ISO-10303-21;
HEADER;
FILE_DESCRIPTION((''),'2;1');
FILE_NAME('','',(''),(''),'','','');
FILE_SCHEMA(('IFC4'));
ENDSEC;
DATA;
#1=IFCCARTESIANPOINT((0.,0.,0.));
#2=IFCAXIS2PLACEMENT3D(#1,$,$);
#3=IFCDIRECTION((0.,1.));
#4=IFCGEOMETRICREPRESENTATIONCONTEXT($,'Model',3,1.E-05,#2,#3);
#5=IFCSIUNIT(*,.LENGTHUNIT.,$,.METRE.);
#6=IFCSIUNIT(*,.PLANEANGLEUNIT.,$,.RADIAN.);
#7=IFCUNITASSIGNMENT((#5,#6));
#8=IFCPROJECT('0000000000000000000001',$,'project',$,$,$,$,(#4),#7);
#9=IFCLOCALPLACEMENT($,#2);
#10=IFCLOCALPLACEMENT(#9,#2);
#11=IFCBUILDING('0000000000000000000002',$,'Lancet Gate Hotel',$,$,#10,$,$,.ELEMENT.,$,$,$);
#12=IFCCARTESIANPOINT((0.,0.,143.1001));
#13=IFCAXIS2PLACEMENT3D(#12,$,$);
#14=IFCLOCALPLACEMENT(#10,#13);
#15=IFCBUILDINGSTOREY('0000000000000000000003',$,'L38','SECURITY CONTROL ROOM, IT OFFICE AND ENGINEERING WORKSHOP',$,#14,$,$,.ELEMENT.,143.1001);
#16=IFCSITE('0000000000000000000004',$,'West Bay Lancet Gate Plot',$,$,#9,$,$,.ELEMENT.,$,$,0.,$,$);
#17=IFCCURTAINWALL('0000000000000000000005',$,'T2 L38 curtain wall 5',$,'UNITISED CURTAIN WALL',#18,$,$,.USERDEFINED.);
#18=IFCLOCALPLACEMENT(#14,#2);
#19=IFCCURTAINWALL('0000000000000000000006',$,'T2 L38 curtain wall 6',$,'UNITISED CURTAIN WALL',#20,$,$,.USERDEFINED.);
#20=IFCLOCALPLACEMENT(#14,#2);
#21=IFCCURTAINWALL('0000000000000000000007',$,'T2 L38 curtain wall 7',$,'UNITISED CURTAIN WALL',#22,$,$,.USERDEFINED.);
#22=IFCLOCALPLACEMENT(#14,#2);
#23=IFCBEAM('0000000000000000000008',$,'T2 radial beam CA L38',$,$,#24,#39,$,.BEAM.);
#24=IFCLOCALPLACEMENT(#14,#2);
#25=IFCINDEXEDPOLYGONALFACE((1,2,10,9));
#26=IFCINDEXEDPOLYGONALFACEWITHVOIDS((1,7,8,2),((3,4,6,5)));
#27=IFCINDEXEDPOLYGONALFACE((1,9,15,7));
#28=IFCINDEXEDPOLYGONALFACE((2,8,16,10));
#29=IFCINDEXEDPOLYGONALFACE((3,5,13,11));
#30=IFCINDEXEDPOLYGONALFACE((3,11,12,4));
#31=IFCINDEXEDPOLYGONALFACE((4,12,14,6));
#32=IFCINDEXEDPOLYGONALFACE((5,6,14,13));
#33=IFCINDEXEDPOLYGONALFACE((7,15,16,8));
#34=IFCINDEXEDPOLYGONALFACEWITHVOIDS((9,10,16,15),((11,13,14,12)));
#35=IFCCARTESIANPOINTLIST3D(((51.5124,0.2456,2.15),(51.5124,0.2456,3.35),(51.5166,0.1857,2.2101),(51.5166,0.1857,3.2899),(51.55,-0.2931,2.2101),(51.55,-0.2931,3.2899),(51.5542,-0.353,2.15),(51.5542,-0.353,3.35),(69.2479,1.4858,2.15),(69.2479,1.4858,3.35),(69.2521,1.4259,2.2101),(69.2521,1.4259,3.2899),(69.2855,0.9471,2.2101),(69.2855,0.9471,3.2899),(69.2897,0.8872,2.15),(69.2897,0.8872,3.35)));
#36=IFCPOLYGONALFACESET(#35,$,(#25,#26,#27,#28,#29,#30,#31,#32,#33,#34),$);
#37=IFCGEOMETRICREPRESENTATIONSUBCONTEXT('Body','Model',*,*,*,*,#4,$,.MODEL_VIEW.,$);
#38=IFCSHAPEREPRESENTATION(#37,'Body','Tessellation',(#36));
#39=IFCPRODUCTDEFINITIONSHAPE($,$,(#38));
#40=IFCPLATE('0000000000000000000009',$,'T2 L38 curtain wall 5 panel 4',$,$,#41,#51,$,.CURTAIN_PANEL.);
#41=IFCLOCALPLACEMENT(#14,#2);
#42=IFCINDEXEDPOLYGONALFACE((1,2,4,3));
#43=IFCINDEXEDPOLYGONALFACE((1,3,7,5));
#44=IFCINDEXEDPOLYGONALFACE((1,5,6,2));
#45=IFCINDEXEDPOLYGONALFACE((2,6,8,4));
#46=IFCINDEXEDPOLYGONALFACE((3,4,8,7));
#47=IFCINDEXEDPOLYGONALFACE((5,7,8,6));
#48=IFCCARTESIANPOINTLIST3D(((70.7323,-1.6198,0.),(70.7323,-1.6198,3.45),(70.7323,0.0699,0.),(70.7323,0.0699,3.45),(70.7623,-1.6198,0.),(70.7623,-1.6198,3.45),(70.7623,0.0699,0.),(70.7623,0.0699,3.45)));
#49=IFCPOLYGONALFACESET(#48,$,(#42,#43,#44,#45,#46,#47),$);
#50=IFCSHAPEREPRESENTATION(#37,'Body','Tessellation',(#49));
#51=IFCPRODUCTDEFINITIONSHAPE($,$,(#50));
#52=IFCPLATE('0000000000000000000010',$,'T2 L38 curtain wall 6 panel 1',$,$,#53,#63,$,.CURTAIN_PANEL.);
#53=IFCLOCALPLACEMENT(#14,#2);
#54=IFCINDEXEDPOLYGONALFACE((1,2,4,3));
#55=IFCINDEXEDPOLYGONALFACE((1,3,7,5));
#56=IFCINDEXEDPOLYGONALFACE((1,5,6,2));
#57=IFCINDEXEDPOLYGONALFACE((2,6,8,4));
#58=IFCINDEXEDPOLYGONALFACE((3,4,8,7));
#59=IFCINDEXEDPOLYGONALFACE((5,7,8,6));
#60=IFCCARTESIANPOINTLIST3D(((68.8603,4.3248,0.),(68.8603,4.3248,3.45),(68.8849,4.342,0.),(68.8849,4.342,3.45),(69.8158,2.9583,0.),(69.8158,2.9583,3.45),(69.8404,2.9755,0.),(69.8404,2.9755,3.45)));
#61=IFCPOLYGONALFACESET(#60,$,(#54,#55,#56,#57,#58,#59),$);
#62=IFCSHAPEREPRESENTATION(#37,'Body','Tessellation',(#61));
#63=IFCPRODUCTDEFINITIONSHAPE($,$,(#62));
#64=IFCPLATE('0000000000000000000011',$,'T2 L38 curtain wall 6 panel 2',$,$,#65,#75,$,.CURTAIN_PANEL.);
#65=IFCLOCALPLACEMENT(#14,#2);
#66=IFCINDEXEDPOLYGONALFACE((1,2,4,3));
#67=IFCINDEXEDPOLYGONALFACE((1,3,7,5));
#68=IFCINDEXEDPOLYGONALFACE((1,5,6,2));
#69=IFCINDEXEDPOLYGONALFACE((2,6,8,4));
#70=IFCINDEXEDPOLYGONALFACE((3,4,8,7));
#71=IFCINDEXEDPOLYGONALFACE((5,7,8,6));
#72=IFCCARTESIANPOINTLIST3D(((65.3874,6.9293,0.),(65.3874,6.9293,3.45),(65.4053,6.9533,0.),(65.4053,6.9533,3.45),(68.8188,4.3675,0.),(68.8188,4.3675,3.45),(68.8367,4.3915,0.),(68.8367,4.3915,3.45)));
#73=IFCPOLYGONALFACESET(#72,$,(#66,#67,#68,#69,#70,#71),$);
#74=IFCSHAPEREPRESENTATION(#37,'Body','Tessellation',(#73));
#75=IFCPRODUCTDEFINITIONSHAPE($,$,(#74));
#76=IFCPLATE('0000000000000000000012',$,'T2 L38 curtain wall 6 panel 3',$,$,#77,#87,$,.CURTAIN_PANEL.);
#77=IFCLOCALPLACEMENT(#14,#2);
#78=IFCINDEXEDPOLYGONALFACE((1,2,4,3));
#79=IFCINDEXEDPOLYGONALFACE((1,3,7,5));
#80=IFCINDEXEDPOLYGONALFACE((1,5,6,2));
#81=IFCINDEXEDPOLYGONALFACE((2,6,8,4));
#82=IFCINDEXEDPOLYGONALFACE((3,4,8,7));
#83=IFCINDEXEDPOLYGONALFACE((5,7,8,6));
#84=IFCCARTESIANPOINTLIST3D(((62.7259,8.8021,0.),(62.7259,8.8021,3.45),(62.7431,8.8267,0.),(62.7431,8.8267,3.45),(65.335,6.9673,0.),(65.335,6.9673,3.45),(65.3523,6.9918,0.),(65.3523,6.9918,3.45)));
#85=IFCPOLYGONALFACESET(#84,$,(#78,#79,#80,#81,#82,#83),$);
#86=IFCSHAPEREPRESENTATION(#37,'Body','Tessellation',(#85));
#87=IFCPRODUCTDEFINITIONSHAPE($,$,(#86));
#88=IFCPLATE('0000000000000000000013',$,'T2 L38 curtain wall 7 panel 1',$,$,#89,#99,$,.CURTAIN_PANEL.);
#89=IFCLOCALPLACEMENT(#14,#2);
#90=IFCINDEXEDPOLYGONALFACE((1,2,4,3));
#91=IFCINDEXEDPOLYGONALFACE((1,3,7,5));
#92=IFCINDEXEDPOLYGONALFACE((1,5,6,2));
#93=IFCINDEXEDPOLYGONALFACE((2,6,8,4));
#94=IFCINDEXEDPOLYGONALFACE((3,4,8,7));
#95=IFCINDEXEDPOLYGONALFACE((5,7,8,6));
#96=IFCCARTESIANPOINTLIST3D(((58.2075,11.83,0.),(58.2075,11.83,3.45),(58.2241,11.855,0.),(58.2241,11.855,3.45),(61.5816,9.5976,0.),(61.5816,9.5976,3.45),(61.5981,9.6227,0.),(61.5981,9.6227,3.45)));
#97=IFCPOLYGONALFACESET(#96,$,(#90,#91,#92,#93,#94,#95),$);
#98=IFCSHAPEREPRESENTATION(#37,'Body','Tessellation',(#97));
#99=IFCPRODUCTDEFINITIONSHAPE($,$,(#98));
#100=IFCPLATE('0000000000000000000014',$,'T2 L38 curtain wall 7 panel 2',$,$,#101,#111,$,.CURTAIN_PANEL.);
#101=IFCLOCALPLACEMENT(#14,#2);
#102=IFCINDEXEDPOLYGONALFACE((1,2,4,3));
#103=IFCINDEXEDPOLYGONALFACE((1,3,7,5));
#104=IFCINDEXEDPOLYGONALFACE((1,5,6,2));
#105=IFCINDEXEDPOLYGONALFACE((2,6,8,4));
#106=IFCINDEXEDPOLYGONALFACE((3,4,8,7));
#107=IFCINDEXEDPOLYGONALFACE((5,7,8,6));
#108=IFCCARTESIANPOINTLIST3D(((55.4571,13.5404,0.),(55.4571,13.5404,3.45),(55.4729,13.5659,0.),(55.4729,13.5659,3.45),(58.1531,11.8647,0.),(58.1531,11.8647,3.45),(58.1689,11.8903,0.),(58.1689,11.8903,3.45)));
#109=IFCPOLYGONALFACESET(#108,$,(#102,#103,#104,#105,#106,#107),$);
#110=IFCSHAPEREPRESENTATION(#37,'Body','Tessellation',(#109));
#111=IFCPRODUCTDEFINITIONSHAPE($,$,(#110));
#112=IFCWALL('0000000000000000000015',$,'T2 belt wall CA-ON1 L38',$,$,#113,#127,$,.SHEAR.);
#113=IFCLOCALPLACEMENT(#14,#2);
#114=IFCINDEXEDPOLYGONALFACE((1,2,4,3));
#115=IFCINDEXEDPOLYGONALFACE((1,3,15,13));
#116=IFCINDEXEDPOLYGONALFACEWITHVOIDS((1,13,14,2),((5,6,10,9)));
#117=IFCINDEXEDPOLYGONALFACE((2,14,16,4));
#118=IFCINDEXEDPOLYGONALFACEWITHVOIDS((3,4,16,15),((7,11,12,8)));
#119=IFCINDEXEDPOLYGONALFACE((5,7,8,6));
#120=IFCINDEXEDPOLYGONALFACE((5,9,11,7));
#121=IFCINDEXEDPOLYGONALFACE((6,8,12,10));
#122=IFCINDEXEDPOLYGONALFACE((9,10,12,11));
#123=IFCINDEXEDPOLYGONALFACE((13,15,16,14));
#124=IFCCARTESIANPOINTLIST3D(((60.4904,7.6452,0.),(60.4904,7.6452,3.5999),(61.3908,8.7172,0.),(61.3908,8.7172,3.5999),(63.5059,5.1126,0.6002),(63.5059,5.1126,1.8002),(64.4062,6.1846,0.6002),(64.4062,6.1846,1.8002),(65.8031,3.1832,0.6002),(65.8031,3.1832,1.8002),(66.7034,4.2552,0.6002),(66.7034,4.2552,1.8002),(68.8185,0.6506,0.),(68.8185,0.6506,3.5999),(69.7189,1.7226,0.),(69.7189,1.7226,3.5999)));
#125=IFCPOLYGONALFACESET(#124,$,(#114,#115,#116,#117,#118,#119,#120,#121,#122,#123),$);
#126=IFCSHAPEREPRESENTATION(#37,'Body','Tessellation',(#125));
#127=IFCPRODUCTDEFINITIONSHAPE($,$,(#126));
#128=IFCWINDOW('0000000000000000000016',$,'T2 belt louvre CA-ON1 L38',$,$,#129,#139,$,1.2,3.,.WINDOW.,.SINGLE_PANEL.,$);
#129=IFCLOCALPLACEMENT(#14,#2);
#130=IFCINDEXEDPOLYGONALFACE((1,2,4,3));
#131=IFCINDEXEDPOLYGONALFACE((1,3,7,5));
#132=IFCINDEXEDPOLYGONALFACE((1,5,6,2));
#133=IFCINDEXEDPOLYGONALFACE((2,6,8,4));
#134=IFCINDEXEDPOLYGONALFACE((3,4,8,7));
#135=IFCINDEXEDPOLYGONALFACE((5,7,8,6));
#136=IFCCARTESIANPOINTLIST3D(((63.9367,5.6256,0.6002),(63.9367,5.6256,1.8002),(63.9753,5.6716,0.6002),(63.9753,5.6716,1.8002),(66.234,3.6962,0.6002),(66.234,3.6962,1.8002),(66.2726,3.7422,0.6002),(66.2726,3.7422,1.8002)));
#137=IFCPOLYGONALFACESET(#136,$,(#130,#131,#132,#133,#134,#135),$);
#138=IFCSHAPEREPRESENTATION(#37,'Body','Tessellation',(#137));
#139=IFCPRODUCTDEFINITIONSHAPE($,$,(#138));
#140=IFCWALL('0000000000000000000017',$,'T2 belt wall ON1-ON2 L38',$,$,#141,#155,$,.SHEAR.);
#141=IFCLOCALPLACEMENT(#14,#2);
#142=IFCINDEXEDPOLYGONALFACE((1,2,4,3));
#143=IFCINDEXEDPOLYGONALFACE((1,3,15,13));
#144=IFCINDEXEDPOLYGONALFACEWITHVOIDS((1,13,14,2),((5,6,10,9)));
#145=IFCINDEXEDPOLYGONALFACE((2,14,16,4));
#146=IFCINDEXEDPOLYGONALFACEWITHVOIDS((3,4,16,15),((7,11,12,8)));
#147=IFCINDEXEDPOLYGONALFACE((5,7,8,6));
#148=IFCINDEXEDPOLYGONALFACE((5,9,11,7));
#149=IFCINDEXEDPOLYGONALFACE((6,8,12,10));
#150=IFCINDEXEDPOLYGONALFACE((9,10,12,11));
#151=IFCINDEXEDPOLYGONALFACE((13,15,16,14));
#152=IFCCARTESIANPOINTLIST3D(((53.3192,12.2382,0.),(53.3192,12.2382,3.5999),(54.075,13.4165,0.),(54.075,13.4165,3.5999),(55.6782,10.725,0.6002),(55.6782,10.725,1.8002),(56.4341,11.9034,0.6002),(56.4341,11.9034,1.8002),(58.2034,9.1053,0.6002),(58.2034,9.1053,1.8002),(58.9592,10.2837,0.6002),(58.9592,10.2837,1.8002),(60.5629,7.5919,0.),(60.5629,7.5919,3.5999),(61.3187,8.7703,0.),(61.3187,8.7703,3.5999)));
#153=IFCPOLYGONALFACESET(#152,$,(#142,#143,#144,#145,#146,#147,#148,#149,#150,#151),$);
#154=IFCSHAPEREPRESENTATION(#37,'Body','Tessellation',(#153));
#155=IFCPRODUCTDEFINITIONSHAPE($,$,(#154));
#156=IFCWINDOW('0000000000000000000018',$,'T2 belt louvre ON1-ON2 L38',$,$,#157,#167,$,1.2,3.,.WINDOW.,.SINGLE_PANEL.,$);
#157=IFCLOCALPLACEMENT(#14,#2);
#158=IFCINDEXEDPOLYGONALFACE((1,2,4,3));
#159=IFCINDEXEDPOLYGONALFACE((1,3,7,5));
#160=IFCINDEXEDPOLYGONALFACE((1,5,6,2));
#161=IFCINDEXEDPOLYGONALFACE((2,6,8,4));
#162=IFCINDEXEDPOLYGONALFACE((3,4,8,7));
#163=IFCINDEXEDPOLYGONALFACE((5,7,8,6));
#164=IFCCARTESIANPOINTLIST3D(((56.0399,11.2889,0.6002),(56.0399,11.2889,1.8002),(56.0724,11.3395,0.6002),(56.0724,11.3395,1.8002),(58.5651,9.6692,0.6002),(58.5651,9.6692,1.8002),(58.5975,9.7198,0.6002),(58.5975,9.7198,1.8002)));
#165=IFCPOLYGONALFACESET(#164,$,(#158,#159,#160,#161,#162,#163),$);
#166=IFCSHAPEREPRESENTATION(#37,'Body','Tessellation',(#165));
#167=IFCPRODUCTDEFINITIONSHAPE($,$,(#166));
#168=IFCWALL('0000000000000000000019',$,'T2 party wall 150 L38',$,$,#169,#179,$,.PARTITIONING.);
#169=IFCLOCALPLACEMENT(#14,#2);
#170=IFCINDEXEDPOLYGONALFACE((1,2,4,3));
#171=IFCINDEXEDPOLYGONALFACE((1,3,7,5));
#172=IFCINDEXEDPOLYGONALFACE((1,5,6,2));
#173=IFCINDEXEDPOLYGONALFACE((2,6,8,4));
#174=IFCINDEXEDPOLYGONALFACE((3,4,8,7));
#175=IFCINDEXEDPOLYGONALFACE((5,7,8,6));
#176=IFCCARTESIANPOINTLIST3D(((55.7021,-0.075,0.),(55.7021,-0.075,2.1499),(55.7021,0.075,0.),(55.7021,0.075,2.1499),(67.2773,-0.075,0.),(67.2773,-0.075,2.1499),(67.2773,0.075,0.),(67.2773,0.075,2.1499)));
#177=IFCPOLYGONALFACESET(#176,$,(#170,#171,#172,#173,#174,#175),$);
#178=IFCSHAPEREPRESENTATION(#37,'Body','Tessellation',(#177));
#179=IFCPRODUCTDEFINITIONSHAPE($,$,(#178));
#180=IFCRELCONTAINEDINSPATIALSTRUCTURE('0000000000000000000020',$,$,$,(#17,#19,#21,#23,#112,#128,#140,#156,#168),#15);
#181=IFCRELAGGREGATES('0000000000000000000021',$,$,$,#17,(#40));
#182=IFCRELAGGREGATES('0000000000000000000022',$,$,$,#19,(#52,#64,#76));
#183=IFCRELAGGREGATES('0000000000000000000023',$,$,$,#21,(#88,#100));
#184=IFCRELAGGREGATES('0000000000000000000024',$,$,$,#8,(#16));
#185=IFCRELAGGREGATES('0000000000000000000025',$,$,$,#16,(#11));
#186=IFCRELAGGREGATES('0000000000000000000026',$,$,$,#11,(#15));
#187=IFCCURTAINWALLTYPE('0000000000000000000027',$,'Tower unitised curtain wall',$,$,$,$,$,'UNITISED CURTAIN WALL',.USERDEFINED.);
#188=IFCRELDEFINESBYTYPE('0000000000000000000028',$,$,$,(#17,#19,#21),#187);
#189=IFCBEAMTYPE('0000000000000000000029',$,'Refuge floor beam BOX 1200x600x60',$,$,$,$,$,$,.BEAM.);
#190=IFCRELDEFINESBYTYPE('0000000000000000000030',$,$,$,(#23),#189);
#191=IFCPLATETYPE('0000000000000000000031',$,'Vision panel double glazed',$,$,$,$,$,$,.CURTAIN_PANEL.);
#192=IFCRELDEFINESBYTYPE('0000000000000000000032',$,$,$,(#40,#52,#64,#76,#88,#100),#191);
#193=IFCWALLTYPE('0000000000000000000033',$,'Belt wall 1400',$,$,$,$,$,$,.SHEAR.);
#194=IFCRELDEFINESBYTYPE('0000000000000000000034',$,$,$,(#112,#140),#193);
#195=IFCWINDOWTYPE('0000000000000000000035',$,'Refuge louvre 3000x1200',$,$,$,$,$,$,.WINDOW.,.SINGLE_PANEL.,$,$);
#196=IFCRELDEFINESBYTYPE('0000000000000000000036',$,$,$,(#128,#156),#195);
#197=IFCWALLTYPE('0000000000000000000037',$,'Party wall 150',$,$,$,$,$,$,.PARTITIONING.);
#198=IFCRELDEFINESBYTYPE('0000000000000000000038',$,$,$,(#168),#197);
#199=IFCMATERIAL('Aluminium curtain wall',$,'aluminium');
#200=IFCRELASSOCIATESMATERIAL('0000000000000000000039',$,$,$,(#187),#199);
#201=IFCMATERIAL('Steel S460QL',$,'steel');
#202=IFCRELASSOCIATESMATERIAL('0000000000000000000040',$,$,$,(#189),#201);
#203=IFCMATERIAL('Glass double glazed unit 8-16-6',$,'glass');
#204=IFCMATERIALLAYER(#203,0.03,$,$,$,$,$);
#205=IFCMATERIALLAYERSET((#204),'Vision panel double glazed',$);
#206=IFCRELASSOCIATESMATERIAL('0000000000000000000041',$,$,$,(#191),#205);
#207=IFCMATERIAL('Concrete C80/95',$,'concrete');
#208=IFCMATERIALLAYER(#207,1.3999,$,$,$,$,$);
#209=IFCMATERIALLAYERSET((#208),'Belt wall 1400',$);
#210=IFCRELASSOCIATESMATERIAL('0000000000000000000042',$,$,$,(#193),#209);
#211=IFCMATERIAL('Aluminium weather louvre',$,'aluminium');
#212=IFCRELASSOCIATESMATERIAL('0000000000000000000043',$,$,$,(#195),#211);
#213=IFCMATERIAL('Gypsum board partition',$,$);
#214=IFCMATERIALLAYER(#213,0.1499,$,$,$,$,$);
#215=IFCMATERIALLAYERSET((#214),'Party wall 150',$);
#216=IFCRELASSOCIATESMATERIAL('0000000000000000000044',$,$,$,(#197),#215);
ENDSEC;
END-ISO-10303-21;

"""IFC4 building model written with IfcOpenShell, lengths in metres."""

from ifc_helpers import new_model, si_unit, direction, frame, frame_2d, origin, origin_2d, place, context, subcontext, project, spatial, rectangle, hollow_rectangle, extrude, material, layer, layer_set, material_profile, profile_set, type_object, element, fill, aggregate, save


model = new_model("IFC4")

# Units and contexts
model_context = context("Model", 3, precision=1e-05, world=origin(), true_north=direction((0.0, 1.0)))
body_context = subcontext(model_context, "Body", "Model", "MODEL_VIEW")
ifc_project = project(units=[si_unit("LENGTHUNIT", "METRE"), si_unit("PLANEANGLEUNIT", "RADIAN")], contexts=[model_context])

# Site, building, storey
site_placement = place(None, origin())
site = spatial("IfcSite", under=ifc_project, at=site_placement, Name="West Bay Lancet Gate Plot", CompositionType="ELEMENT", RefElevation=0.0)
building_placement = place(site_placement, origin())
building = spatial("IfcBuilding", under=site, at=building_placement, Name="Lancet Gate Hotel", CompositionType="ELEMENT")
storey_placement = place(building_placement, frame((0.0, 0.0, 143.1001)))
storey = spatial("IfcBuildingStorey", under=building, at=storey_placement, Name="L38", Description="SECURITY CONTROL ROOM, IT OFFICE AND ENGINEERING WORKSHOP", CompositionType="ELEMENT", Elevation=143.1001)

# Curtain wall
ifc_material_1 = material(Name="Aluminium curtain wall", Category="aluminium")
curtain_wall_type = type_object("IfcCurtainWallType", Name="Tower unitised curtain wall", ElementType="UNITISED CURTAIN WALL", PredefinedType="USERDEFINED", material=ifc_material_1)
curtain_wall_1_placement = place(storey_placement, origin())
curtain_wall_1 = element("IfcCurtainWall", 1, at=curtain_wall_1_placement, inside=storey, type_object=curtain_wall_type, Name="T2 L38 curtain wall 5", ObjectType="UNITISED CURTAIN WALL", PredefinedType="USERDEFINED")

# Curtain walls
curtain_wall_2_placement = place(storey_placement, origin())
curtain_wall_2 = element("IfcCurtainWall", 2, at=curtain_wall_2_placement, inside=storey, type_object=curtain_wall_type, Name="T2 L38 curtain wall 6", ObjectType="UNITISED CURTAIN WALL", PredefinedType="USERDEFINED")
curtain_wall_3_placement = place(storey_placement, origin())
curtain_wall_3 = element("IfcCurtainWall", 3, at=curtain_wall_3_placement, inside=storey, type_object=curtain_wall_type, Name="T2 L38 curtain wall 7", ObjectType="UNITISED CURTAIN WALL", PredefinedType="USERDEFINED")

# Beam
ifc_material_2 = material(Name="Steel S460QL", Category="steel")
ifc_material_profile_1 = material_profile(ifc_material_2, hollow_rectangle(XDim=0.6001, YDim=1.2, WallThickness=0.0601, at=origin_2d()), Name="BOX 1200x600x60")
ifc_profile_set_1 = profile_set([ifc_material_profile_1], Name="Steel S460QL")
beam_type_1 = type_object("IfcBeamType", Name="Refuge floor beam BOX 1200x600x60", PredefinedType="BEAM", material=ifc_profile_set_1)
beam_1_placement = place(storey_placement, frame((69.2688, 1.1865, 2.75), z_axis=(-0.997564, -0.069759, 0.0), x_axis=(0.069759, -0.997564, 0.0)))
element("IfcBeam", 4, at=beam_1_placement, inside=storey, type_object=beam_type_1, Name="T2 radial beam CA L38", PredefinedType="BEAM", context=body_context, shape_type="SweptSolid", body=[
    extrude(hollow_rectangle(XDim=0.6001, YDim=1.2, WallThickness=0.0601, at=origin_2d()), origin(), (0.0, 0.0, 1.0), 17.7788),
])

# Plates
ifc_material_3 = material(Name="Glass double glazed unit 8-16-6", Category="glass")
ifc_layer_1 = layer(ifc_material_3, 0.03)
ifc_layer_set_1 = layer_set([ifc_layer_1], Name="Vision panel double glazed")
plate_type = type_object("IfcPlateType", Name="Vision panel double glazed", PredefinedType="CURTAIN_PANEL", material=ifc_layer_set_1)
plate_1_placement = place(storey_placement, frame((70.7473, -0.7749, 0.0), z_axis=(0.0, 0.0, 1.0), x_axis=(0.0, 1.0, 0.0)))
plate_1 = element("IfcPlate", 5, at=plate_1_placement, type_object=plate_type, Name="T2 L38 curtain wall 5 panel 4", PredefinedType="CURTAIN_PANEL", context=body_context, shape_type="SweptSolid", body=[
    extrude(rectangle(XDim=1.6897, YDim=0.03, at=origin_2d()), origin(), (0.0, 0.0, 1.0), 3.45),
])
aggregate(curtain_wall_1, [plate_1])
plate_2_placement = place(storey_placement, frame((69.3503, 3.6501, 0.0), z_axis=(0.0, 0.0, 1.0), x_axis=(-0.573025, 0.819538, 0.0)))
plate_2 = element("IfcPlate", 6, at=plate_2_placement, type_object=plate_type, Name="T2 L38 curtain wall 6 panel 1", PredefinedType="CURTAIN_PANEL", context=body_context, shape_type="SweptSolid", body=[
    extrude(rectangle(XDim=1.6675, YDim=0.03, at=origin_2d()), origin(), (0.0, 0.0, 1.0), 3.45),
])
plate_3_placement = place(storey_placement, frame((67.1121, 5.6604, 0.0), z_axis=(0.0, 0.0, 1.0), x_axis=(-0.801314, 0.598244, 0.0)))
plate_3 = element("IfcPlate", 7, at=plate_3_placement, type_object=plate_type, Name="T2 L38 curtain wall 6 panel 2", PredefinedType="CURTAIN_PANEL", context=body_context, shape_type="SweptSolid", body=[
    extrude(rectangle(XDim=4.2822, YDim=0.03, at=origin_2d()), origin(), (0.0, 0.0, 1.0), 3.45),
])
plate_4_placement = place(storey_placement, frame((64.0391, 7.897, 0.0), z_axis=(0.0, 0.0, 1.0), x_axis=(-0.817979, 0.575247, 0.0)))
plate_4 = element("IfcPlate", 8, at=plate_4_placement, type_object=plate_type, Name="T2 L38 curtain wall 6 panel 3", PredefinedType="CURTAIN_PANEL", context=body_context, shape_type="SweptSolid", body=[
    extrude(rectangle(XDim=3.1897, YDim=0.03, at=origin_2d()), origin(), (0.0, 0.0, 1.0), 3.45),
])
aggregate(curtain_wall_2, [plate_2, plate_3, plate_4])
plate_5_placement = place(storey_placement, frame((59.9028, 10.7263, 0.0), z_axis=(0.0, 0.0, 1.0), x_axis=(-0.833985, 0.551787, 0.0)))
plate_5 = element("IfcPlate", 9, at=plate_5_placement, type_object=plate_type, Name="T2 L38 curtain wall 7 panel 1", PredefinedType="CURTAIN_PANEL", context=body_context, shape_type="SweptSolid", body=[
    extrude(rectangle(XDim=4.0457, YDim=0.03, at=origin_2d()), origin(), (0.0, 0.0, 1.0), 3.45),
])
plate_6_placement = place(storey_placement, frame((56.813, 12.7153, 0.0), z_axis=(0.0, 0.0, 1.0), x_axis=(-0.849318, 0.527882, 0.0)))
plate_6 = element("IfcPlate", 10, at=plate_6_placement, type_object=plate_type, Name="T2 L38 curtain wall 7 panel 2", PredefinedType="CURTAIN_PANEL", context=body_context, shape_type="SweptSolid", body=[
    extrude(rectangle(XDim=3.1743, YDim=0.03, at=origin_2d()), origin(), (0.0, 0.0, 1.0), 3.45),
])
aggregate(curtain_wall_3, [plate_5, plate_6])

# Walls, openings, windows
ifc_material_4 = material(Name="Concrete C80/95", Category="concrete")
ifc_layer_2 = layer(ifc_material_4, 1.3999)
ifc_layer_set_2 = layer_set([ifc_layer_2], Name="Belt wall 1400")
wall_type_1 = type_object("IfcWallType", Name="Belt wall 1400", PredefinedType="SHEAR", material=ifc_layer_set_2)
wall_1_placement = place(storey_placement, frame((69.2688, 1.1865, 0.0), z_axis=(0.0, 0.0, 1.0), x_axis=(-0.76575, 0.643138, 0.0)))
wall_1 = element("IfcWall", 11, at=wall_1_placement, inside=storey, type_object=wall_type_1, Name="T2 belt wall CA-ON1 L38", PredefinedType="SHEAR", context=body_context, shape_type="SweptSolid", body=[
    extrude(rectangle(XDim=10.8757, YDim=1.3999, at=frame_2d((5.438, 0.0))), origin(), (0.0, 0.0, 1.0), 3.5999),
])
opening_1_placement = place(wall_1_placement, frame((3.938, 0.0, 0.6001)))
opening_1 = element("IfcOpeningElement", 12, at=opening_1_placement, cuts=wall_1, PredefinedType="OPENING", context=body_context, shape_type="SweptSolid", body=[
    extrude(rectangle(XDim=3.0, YDim=1.2, at=frame_2d((1.5, 0.6001))), frame((0.0, 0.71, 0.0), z_axis=(0.0, -1.0, 0.0), x_axis=(1.0, 0.0, 0.0)), (0.0, 0.0, 1.0), 1.4199),
])
ifc_material_5 = material(Name="Aluminium weather louvre", Category="aluminium")
window_type = type_object("IfcWindowType", Name="Refuge louvre 3000x1200", PartitioningType="SINGLE_PANEL", PredefinedType="WINDOW", material=ifc_material_5)
window_1_placement = place(opening_1_placement, origin())
window_1 = element("IfcWindow", 13, at=window_1_placement, inside=storey, type_object=window_type, Name="T2 belt louvre CA-ON1 L38", OverallHeight=1.2, OverallWidth=3.0, PartitioningType="SINGLE_PANEL", PredefinedType="WINDOW", context=body_context, shape_type="SweptSolid", body=[
    extrude(rectangle(XDim=3.0, YDim=1.2, at=frame_2d((1.5, 0.6001))), frame((0.0, 0.03, 0.0), z_axis=(0.0, -1.0, 0.0), x_axis=(1.0, 0.0, 0.0)), (0.0, 0.0, 1.0), 0.0601),
])
fill(opening_1, window_1)
wall_2_placement = place(storey_placement, frame((60.9407, 8.1812, 0.0), z_axis=(0.0, 0.0, 1.0), x_axis=(-0.841727, 0.539903, 0.0)))
wall_2 = element("IfcWall", 14, at=wall_2_placement, inside=storey, type_object=wall_type_1, Name="T2 belt wall ON1-ON2 L38", PredefinedType="SHEAR", context=body_context, shape_type="SweptSolid", body=[
    extrude(rectangle(XDim=8.6057, YDim=1.3999, at=frame_2d((4.3027, 0.0))), origin(), (0.0, 0.0, 1.0), 3.5999),
])
opening_2_placement = place(wall_2_placement, frame((2.803, 0.0, 0.6001)))
opening_2 = element("IfcOpeningElement", 15, at=opening_2_placement, cuts=wall_2, PredefinedType="OPENING", context=body_context, shape_type="SweptSolid", body=[
    extrude(rectangle(XDim=3.0, YDim=1.2, at=frame_2d((1.5, 0.6001))), frame((0.0, 0.71, 0.0), z_axis=(0.0, -1.0, 0.0), x_axis=(1.0, 0.0, 0.0)), (0.0, 0.0, 1.0), 1.4199),
])
window_2_placement = place(opening_2_placement, origin())
window_2 = element("IfcWindow", 16, at=window_2_placement, inside=storey, type_object=window_type, Name="T2 belt louvre ON1-ON2 L38", OverallHeight=1.2, OverallWidth=3.0, PartitioningType="SINGLE_PANEL", PredefinedType="WINDOW", context=body_context, shape_type="SweptSolid", body=[
    extrude(rectangle(XDim=3.0, YDim=1.2, at=frame_2d((1.5, 0.6001))), frame((0.0, 0.03, 0.0), z_axis=(0.0, -1.0, 0.0), x_axis=(1.0, 0.0, 0.0)), (0.0, 0.0, 1.0), 0.0601),
])
fill(opening_2, window_2)

# Wall
ifc_material_6 = material(Name="Gypsum board partition")
ifc_layer_3 = layer(ifc_material_6, 0.1499)
ifc_layer_set_3 = layer_set([ifc_layer_3], Name="Party wall 150")
wall_type_2 = type_object("IfcWallType", Name="Party wall 150", PredefinedType="PARTITIONING", material=ifc_layer_set_3)
wall_3_placement = place(storey_placement, frame((55.7021, 0.0, 0.0), z_axis=(0.0, 0.0, 1.0), x_axis=(1.0, 0.0, 0.0)))
element("IfcWall", 17, at=wall_3_placement, inside=storey, type_object=wall_type_2, Name="T2 party wall 150 L38", PredefinedType="PARTITIONING", context=body_context, shape_type="SweptSolid", body=[
    extrude(rectangle(XDim=11.5752, YDim=0.1499, at=frame_2d((5.7876, 0.0))), origin(), (0.0, 0.0, 1.0), 2.1499),
])

save(model, "model.ifc")
